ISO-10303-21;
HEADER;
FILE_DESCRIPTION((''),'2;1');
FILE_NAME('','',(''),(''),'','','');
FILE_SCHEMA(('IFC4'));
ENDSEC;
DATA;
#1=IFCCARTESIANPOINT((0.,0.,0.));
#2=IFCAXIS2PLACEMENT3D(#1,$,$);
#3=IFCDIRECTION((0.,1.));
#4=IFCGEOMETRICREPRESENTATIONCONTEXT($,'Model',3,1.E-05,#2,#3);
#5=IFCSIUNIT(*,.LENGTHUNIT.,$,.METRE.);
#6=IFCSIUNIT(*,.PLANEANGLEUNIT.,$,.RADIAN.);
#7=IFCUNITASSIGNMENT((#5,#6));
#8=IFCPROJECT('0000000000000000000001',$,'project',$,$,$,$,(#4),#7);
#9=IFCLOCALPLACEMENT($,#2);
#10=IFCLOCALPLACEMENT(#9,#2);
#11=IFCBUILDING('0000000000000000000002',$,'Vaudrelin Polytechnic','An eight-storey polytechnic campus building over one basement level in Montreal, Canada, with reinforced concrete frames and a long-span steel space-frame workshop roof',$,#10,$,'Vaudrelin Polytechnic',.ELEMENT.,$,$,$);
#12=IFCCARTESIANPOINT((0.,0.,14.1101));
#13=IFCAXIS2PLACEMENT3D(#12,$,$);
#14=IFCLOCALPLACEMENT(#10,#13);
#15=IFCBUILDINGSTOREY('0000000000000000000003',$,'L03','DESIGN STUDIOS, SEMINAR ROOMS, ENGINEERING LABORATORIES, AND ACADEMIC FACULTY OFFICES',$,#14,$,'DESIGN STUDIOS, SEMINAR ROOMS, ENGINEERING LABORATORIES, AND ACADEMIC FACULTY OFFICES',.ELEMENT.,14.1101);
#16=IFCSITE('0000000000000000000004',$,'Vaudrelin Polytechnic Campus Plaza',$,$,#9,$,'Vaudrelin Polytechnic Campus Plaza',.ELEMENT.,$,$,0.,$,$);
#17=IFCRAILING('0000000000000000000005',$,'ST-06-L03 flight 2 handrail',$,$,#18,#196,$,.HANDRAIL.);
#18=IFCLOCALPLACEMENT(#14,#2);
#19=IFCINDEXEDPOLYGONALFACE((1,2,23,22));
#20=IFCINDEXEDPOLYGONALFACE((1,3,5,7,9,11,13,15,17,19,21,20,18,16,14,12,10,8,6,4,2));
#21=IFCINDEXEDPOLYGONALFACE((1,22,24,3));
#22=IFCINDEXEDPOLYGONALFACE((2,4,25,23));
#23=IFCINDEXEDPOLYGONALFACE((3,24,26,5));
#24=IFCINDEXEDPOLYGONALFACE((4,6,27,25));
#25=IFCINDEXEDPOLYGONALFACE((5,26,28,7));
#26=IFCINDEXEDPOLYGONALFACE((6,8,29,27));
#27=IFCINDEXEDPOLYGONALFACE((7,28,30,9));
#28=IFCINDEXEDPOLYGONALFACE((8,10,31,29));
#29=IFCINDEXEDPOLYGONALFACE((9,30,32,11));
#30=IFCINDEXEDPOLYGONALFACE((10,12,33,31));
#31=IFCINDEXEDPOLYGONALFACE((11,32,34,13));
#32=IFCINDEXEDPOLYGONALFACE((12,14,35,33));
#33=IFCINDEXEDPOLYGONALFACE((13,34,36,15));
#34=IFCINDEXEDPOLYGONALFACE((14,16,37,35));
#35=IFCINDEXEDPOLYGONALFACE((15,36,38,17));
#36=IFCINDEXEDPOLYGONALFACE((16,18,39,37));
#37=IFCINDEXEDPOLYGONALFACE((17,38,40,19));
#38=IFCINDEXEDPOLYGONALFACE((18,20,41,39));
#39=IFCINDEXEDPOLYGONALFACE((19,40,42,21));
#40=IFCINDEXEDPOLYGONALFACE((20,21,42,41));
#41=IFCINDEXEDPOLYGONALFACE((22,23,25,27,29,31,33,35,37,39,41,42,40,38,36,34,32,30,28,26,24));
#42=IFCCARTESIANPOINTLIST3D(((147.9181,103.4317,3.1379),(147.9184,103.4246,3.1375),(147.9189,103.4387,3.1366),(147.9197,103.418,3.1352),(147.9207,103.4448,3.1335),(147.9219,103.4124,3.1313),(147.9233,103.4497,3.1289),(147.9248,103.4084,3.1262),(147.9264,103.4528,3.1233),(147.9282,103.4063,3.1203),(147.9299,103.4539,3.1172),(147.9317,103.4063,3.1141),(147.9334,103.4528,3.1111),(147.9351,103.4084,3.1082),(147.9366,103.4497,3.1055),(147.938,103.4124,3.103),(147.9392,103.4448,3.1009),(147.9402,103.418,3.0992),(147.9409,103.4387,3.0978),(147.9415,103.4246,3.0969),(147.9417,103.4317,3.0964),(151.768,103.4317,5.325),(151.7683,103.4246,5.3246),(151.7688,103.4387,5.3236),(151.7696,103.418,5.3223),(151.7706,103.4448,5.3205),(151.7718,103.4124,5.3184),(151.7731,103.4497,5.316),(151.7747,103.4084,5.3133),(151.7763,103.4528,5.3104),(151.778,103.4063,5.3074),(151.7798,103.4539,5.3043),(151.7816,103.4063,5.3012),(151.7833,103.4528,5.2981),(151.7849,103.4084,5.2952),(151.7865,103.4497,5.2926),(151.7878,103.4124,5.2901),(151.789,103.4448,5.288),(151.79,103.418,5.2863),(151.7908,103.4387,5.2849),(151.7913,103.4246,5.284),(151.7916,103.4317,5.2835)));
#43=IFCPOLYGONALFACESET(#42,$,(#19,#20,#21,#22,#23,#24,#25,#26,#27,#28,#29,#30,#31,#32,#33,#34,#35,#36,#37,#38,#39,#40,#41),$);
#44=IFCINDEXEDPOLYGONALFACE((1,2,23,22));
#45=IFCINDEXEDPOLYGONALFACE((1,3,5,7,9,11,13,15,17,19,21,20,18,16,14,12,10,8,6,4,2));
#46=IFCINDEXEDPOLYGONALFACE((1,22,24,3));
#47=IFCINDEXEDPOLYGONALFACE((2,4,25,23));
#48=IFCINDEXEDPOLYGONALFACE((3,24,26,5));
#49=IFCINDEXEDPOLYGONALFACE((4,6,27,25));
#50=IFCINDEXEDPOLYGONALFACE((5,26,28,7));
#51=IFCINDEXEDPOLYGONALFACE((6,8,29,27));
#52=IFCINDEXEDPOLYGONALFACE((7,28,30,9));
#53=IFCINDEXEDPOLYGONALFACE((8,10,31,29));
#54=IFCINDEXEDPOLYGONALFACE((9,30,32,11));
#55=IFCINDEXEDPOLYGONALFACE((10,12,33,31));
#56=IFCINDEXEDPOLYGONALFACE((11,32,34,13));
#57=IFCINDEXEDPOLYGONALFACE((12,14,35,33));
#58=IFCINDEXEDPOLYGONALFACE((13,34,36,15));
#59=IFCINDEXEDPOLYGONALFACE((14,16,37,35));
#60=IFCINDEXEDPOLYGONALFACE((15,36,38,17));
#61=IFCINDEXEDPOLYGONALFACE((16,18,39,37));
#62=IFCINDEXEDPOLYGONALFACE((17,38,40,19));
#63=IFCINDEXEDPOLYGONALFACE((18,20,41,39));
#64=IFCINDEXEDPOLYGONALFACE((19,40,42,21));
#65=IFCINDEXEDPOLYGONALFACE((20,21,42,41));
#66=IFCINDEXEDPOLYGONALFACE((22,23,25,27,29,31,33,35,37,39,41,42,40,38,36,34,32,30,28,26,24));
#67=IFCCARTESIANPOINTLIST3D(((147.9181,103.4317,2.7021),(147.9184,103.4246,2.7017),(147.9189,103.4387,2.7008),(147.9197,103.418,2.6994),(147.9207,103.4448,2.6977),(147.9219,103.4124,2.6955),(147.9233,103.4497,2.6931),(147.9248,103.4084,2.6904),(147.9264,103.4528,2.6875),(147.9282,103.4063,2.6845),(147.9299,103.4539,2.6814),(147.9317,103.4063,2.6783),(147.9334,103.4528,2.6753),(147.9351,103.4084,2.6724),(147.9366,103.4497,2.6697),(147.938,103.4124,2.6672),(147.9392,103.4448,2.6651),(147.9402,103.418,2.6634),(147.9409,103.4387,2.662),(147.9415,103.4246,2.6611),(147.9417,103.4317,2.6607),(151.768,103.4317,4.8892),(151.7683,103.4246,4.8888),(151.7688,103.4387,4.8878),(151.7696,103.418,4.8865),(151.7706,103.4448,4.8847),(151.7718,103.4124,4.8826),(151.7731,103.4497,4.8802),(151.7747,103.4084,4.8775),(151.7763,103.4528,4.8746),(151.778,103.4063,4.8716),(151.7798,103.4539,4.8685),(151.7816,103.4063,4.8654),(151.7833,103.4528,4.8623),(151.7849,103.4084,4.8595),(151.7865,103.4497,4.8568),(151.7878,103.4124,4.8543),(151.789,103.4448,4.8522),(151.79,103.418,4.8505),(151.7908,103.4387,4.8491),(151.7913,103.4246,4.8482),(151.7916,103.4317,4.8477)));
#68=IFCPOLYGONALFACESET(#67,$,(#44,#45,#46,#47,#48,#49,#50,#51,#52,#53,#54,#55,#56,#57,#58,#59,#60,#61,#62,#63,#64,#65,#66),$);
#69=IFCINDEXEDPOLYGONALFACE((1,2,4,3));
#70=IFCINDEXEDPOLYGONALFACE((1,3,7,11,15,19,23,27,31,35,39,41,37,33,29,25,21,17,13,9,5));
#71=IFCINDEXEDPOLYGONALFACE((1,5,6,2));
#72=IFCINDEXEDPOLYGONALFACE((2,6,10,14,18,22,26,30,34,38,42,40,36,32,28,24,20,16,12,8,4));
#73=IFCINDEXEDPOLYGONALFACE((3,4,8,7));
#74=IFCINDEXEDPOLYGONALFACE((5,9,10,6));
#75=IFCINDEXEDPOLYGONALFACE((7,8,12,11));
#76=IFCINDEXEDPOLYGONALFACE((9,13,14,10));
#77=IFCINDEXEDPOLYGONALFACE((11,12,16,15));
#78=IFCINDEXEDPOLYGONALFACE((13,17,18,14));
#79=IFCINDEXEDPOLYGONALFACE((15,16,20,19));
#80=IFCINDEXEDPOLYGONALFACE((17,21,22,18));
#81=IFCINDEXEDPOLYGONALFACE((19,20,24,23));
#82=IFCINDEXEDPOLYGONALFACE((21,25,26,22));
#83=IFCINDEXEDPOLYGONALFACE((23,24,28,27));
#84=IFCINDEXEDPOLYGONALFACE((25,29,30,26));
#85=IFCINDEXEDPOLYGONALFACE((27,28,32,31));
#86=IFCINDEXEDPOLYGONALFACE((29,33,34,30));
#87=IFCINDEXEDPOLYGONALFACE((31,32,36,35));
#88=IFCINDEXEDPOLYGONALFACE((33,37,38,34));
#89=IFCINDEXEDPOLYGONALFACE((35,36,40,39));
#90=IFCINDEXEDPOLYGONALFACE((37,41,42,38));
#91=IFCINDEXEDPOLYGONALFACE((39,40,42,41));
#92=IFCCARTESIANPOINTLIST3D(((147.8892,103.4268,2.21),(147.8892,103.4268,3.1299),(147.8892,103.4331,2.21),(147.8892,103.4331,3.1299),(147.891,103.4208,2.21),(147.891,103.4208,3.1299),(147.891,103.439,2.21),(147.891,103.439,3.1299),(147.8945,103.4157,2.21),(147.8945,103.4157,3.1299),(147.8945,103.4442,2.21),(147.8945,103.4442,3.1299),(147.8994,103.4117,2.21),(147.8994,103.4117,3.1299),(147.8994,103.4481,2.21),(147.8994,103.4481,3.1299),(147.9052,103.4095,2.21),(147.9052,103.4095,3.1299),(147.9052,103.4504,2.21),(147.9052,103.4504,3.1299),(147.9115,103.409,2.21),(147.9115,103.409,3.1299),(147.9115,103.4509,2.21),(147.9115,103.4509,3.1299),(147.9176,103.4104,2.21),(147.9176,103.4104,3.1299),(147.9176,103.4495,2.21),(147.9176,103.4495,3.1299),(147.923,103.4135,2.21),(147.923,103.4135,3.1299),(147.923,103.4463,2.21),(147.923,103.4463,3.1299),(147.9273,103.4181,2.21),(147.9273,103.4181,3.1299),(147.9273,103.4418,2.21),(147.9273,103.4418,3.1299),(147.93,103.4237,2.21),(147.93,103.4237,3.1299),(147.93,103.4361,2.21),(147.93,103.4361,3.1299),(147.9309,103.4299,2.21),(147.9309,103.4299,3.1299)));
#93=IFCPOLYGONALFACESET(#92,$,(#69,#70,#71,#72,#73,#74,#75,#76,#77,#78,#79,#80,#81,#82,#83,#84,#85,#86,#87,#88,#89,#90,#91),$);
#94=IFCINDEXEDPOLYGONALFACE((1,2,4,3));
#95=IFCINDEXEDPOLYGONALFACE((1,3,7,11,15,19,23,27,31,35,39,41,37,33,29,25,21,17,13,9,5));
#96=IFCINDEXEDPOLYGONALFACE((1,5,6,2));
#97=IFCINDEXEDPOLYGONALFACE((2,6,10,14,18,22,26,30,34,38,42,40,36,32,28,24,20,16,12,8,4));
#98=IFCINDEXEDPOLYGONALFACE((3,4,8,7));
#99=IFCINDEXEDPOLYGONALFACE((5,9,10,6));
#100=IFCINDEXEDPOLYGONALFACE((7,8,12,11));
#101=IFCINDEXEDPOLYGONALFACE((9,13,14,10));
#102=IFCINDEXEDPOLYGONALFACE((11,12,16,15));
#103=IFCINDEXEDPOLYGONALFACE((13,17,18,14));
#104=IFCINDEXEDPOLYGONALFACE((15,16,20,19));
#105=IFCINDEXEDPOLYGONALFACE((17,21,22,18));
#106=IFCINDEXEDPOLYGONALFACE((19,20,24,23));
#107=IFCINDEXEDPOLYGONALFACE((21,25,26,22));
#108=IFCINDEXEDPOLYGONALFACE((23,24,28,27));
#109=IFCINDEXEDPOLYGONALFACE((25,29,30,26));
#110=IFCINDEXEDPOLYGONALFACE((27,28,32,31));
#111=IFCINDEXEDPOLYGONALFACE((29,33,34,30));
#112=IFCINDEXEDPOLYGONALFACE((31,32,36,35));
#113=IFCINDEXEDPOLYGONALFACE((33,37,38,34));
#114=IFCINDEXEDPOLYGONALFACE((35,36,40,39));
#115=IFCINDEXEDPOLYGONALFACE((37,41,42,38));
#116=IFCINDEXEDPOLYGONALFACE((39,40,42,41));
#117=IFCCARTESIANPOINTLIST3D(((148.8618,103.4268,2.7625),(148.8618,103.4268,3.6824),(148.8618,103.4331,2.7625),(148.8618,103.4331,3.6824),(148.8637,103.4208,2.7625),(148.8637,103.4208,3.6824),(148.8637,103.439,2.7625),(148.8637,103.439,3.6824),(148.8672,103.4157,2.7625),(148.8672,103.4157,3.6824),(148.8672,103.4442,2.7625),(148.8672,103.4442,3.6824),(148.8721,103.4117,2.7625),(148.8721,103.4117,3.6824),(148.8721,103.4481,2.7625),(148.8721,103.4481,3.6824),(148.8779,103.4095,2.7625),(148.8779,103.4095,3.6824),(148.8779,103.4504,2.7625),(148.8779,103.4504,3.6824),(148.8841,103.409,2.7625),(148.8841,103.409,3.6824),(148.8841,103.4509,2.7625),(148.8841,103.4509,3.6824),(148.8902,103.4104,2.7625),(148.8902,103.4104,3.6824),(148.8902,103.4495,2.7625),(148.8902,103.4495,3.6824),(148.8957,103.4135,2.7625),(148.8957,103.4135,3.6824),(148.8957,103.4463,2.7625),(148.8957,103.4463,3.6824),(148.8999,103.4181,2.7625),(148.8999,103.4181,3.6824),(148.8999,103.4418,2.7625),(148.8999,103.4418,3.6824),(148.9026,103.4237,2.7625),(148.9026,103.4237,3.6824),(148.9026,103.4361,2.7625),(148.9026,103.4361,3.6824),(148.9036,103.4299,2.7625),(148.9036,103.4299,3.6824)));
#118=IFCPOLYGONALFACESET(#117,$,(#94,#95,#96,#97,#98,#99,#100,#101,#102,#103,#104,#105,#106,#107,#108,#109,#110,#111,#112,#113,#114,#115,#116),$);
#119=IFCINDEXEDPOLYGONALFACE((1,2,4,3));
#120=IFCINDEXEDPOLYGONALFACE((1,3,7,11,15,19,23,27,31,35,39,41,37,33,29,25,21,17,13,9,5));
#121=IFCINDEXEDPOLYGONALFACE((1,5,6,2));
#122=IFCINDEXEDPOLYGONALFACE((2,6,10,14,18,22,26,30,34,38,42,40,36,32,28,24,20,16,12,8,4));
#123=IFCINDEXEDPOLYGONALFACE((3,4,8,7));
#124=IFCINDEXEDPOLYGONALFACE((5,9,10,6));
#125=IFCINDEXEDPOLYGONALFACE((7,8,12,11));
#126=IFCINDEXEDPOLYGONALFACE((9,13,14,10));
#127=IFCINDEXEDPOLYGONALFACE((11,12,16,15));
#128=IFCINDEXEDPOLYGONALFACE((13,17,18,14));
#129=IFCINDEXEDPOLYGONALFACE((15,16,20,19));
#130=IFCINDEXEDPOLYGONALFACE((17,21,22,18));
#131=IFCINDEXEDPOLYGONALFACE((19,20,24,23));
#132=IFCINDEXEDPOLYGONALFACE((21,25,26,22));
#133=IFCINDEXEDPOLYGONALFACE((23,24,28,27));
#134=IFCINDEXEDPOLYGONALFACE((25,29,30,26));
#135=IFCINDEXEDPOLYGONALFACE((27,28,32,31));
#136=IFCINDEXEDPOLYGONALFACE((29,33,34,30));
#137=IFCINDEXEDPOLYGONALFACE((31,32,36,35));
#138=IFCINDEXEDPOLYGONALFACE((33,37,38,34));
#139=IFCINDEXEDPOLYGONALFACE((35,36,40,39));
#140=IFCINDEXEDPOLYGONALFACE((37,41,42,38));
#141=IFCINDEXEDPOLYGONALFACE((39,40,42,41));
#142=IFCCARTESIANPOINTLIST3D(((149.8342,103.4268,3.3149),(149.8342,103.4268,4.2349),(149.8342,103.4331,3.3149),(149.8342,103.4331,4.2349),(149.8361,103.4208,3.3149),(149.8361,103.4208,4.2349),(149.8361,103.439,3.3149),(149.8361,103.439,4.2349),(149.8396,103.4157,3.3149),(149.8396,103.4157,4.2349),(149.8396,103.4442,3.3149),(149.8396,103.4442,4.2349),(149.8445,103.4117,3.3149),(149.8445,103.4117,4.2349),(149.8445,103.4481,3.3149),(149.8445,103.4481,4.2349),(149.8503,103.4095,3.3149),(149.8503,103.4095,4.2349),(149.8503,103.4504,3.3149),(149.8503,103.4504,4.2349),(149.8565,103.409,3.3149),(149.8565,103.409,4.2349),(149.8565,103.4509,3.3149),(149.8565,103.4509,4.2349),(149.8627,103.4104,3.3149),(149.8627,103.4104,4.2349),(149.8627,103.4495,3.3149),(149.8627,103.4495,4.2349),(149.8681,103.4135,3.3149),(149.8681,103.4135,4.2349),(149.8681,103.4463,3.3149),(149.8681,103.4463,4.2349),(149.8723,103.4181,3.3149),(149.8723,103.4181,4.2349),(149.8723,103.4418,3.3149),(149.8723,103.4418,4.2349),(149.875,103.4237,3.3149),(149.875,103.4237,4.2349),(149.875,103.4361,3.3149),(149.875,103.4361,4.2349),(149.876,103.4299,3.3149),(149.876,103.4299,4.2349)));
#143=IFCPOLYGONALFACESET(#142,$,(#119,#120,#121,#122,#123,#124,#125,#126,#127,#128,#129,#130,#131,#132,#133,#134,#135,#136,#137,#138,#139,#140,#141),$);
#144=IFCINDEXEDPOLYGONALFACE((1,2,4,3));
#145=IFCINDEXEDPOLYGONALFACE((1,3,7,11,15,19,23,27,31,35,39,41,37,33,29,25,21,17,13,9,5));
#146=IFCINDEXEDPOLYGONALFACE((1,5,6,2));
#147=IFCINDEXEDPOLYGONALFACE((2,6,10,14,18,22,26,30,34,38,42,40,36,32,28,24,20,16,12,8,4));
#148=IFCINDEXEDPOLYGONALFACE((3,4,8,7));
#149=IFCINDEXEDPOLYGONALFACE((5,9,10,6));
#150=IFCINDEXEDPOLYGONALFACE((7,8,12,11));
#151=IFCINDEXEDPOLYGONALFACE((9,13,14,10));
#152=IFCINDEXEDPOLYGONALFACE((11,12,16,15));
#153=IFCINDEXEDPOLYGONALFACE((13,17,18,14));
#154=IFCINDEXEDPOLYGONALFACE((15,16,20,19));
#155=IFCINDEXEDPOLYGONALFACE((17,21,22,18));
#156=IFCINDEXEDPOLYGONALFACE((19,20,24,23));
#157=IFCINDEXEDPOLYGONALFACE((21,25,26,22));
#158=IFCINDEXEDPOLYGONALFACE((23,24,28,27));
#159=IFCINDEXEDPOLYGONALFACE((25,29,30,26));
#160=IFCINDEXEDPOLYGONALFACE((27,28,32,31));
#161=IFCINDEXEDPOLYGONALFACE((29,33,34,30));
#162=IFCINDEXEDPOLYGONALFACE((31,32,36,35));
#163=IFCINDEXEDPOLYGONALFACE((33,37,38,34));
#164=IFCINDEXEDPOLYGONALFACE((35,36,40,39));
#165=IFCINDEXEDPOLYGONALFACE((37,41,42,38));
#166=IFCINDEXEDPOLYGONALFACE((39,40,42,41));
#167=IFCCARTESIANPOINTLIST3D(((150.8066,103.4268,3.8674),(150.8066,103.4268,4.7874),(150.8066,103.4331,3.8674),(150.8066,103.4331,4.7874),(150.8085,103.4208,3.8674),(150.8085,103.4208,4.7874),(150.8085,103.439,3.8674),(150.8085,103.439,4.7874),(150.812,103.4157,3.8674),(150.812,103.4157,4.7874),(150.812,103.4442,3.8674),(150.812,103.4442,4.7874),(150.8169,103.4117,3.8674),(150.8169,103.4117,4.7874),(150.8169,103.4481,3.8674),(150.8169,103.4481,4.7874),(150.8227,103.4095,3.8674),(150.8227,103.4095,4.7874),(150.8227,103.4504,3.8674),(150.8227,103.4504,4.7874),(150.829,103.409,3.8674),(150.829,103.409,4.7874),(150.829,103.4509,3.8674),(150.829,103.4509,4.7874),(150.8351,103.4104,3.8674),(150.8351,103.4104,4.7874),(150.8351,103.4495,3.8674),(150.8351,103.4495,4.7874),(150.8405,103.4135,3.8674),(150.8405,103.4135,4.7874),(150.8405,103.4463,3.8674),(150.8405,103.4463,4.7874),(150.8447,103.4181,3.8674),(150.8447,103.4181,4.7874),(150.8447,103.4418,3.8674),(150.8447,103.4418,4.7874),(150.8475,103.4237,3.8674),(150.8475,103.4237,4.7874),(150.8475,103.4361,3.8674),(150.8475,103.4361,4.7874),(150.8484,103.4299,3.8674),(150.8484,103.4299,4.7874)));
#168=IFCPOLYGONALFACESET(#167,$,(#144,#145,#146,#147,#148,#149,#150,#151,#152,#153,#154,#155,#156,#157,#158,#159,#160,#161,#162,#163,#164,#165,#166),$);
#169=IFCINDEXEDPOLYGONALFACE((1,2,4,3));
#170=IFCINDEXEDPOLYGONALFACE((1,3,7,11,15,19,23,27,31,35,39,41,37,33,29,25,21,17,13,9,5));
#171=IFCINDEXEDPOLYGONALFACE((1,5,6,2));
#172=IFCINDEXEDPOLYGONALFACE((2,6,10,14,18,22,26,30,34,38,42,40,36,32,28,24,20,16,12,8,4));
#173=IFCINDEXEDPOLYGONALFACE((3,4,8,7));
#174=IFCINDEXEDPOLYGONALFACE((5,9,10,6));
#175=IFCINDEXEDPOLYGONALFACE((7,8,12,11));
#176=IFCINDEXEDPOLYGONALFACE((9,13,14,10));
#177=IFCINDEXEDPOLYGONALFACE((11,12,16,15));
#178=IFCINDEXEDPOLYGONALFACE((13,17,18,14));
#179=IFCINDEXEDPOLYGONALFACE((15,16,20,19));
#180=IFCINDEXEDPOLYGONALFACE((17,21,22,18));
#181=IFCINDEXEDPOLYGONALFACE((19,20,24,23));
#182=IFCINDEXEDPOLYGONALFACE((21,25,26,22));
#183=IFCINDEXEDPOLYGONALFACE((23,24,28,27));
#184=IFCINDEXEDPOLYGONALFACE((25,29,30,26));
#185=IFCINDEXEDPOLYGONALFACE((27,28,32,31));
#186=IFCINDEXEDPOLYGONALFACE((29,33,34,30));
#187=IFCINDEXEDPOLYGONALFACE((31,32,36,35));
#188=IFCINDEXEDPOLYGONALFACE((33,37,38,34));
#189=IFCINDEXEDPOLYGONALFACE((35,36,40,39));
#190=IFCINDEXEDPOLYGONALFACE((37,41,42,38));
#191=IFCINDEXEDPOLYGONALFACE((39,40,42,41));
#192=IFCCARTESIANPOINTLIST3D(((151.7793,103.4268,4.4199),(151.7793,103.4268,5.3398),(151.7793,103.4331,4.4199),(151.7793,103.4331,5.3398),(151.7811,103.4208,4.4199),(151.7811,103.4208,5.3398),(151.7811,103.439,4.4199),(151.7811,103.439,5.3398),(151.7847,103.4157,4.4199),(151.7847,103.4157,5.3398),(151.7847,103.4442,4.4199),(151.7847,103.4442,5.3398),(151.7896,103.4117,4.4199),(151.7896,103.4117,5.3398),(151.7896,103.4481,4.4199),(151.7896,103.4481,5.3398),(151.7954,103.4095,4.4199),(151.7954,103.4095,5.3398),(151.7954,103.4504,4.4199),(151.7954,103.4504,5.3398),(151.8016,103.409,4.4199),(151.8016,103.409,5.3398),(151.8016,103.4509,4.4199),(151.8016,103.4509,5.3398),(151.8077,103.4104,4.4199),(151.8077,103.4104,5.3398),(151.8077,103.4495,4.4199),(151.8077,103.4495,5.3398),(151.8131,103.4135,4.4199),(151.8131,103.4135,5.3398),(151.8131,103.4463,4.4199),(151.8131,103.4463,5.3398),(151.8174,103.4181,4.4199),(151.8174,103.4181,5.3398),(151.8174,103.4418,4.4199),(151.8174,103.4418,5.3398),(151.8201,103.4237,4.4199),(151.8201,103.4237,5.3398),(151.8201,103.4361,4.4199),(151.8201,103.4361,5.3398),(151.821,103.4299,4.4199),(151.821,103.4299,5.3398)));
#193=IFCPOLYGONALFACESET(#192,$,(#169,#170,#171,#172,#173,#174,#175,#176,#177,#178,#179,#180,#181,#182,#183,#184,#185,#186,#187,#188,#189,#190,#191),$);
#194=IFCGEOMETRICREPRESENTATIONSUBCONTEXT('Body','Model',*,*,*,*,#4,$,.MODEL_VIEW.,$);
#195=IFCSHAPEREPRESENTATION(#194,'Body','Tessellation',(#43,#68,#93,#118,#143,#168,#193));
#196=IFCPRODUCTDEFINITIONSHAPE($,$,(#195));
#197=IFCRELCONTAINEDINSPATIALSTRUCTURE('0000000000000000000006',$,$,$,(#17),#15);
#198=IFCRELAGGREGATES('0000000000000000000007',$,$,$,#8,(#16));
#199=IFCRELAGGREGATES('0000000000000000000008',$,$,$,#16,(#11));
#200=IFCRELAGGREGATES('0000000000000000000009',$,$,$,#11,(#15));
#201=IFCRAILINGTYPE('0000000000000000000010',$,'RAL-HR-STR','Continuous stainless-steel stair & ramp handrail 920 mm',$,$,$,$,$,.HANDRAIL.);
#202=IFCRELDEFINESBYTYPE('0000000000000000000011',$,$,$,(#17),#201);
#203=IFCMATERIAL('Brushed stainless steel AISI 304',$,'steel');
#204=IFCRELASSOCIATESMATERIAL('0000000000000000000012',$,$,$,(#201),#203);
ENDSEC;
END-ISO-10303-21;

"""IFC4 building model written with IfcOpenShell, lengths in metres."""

from ifc_helpers import new_model, si_unit, direction, frame, origin, origin_2d, place, context, subcontext, project, spatial, circle, extrude, material, type_object, element, save


model = new_model("IFC4")

# Units and contexts
model_context = context("Model", 3, precision=1e-05, world=origin(), true_north=direction((0.0, 1.0)))
body_context = subcontext(model_context, "Body", "Model", "MODEL_VIEW")
ifc_project = project(units=[si_unit("LENGTHUNIT", "METRE"), si_unit("PLANEANGLEUNIT", "RADIAN")], contexts=[model_context])

# Site, building, storey
site_placement = place(None, origin())
site = spatial("IfcSite", under=ifc_project, at=site_placement, Name="Vaudrelin Polytechnic Campus Plaza", LongName="Vaudrelin Polytechnic Campus Plaza", CompositionType="ELEMENT", RefElevation=0.0)
building_placement = place(site_placement, origin())
building = spatial("IfcBuilding", under=site, at=building_placement, Name="Vaudrelin Polytechnic", Description="An eight-storey polytechnic campus building over one basement level in Montreal, Canada, with reinforced concrete frames and a long-span steel space-frame workshop roof", LongName="Vaudrelin Polytechnic", CompositionType="ELEMENT")
storey_placement = place(building_placement, frame((0.0, 0.0, 14.1101)))
storey = spatial("IfcBuildingStorey", under=building, at=storey_placement, Name="L03", Description="DESIGN STUDIOS, SEMINAR ROOMS, ENGINEERING LABORATORIES, AND ACADEMIC FACULTY OFFICES", LongName="DESIGN STUDIOS, SEMINAR ROOMS, ENGINEERING LABORATORIES, AND ACADEMIC FACULTY OFFICES", CompositionType="ELEMENT", Elevation=14.1101)

# Railing
ifc_material_1 = material(Name="Brushed stainless steel AISI 304", Category="steel")
railing_type_1 = type_object("IfcRailingType", Name="RAL-HR-STR", Description="Continuous stainless-steel stair & ramp handrail 920 mm", PredefinedType="HANDRAIL", material=ifc_material_1)
railing_1_placement = place(storey_placement, frame((147.9099, 103.4299, 2.21)))
element("IfcRailing", 1, at=railing_1_placement, inside=storey, type_object=railing_type_1, Name="ST-06-L03 flight 2 handrail", PredefinedType="HANDRAIL", context=body_context, shape_type="SweptSolid", body=[
    extrude(circle(Radius=0.0239, at=origin_2d()), frame((0.02, 0.0, 0.9072), z_axis=(0.86949, 0.0, 0.493951), x_axis=(0.0, 1.0, 0.0)), (0.0, 0.0, 1.0), 4.4277),
    extrude(circle(Radius=0.0239, at=origin_2d()), frame((0.02, 0.0, 0.4714), z_axis=(0.86949, 0.0, 0.493951), x_axis=(0.0, 1.0, 0.0)), (0.0, 0.0, 1.0), 4.4277),
    extrude(circle(Radius=0.021, at=origin_2d()), origin(), (0.0, 0.0, 1.0), 0.9199),
    extrude(circle(Radius=0.021, at=origin_2d()), frame((0.9727, 0.0, 0.5525)), (0.0, 0.0, 1.0), 0.9199),
    extrude(circle(Radius=0.021, at=origin_2d()), frame((1.9451, 0.0, 1.105)), (0.0, 0.0, 1.0), 0.9199),
    extrude(circle(Radius=0.021, at=origin_2d()), frame((2.9175, 0.0, 1.6575)), (0.0, 0.0, 1.0), 0.9199),
    extrude(circle(Radius=0.021, at=origin_2d()), frame((3.8901, 0.0, 2.21)), (0.0, 0.0, 1.0), 0.9199),
])

save(model, "model.ifc")
